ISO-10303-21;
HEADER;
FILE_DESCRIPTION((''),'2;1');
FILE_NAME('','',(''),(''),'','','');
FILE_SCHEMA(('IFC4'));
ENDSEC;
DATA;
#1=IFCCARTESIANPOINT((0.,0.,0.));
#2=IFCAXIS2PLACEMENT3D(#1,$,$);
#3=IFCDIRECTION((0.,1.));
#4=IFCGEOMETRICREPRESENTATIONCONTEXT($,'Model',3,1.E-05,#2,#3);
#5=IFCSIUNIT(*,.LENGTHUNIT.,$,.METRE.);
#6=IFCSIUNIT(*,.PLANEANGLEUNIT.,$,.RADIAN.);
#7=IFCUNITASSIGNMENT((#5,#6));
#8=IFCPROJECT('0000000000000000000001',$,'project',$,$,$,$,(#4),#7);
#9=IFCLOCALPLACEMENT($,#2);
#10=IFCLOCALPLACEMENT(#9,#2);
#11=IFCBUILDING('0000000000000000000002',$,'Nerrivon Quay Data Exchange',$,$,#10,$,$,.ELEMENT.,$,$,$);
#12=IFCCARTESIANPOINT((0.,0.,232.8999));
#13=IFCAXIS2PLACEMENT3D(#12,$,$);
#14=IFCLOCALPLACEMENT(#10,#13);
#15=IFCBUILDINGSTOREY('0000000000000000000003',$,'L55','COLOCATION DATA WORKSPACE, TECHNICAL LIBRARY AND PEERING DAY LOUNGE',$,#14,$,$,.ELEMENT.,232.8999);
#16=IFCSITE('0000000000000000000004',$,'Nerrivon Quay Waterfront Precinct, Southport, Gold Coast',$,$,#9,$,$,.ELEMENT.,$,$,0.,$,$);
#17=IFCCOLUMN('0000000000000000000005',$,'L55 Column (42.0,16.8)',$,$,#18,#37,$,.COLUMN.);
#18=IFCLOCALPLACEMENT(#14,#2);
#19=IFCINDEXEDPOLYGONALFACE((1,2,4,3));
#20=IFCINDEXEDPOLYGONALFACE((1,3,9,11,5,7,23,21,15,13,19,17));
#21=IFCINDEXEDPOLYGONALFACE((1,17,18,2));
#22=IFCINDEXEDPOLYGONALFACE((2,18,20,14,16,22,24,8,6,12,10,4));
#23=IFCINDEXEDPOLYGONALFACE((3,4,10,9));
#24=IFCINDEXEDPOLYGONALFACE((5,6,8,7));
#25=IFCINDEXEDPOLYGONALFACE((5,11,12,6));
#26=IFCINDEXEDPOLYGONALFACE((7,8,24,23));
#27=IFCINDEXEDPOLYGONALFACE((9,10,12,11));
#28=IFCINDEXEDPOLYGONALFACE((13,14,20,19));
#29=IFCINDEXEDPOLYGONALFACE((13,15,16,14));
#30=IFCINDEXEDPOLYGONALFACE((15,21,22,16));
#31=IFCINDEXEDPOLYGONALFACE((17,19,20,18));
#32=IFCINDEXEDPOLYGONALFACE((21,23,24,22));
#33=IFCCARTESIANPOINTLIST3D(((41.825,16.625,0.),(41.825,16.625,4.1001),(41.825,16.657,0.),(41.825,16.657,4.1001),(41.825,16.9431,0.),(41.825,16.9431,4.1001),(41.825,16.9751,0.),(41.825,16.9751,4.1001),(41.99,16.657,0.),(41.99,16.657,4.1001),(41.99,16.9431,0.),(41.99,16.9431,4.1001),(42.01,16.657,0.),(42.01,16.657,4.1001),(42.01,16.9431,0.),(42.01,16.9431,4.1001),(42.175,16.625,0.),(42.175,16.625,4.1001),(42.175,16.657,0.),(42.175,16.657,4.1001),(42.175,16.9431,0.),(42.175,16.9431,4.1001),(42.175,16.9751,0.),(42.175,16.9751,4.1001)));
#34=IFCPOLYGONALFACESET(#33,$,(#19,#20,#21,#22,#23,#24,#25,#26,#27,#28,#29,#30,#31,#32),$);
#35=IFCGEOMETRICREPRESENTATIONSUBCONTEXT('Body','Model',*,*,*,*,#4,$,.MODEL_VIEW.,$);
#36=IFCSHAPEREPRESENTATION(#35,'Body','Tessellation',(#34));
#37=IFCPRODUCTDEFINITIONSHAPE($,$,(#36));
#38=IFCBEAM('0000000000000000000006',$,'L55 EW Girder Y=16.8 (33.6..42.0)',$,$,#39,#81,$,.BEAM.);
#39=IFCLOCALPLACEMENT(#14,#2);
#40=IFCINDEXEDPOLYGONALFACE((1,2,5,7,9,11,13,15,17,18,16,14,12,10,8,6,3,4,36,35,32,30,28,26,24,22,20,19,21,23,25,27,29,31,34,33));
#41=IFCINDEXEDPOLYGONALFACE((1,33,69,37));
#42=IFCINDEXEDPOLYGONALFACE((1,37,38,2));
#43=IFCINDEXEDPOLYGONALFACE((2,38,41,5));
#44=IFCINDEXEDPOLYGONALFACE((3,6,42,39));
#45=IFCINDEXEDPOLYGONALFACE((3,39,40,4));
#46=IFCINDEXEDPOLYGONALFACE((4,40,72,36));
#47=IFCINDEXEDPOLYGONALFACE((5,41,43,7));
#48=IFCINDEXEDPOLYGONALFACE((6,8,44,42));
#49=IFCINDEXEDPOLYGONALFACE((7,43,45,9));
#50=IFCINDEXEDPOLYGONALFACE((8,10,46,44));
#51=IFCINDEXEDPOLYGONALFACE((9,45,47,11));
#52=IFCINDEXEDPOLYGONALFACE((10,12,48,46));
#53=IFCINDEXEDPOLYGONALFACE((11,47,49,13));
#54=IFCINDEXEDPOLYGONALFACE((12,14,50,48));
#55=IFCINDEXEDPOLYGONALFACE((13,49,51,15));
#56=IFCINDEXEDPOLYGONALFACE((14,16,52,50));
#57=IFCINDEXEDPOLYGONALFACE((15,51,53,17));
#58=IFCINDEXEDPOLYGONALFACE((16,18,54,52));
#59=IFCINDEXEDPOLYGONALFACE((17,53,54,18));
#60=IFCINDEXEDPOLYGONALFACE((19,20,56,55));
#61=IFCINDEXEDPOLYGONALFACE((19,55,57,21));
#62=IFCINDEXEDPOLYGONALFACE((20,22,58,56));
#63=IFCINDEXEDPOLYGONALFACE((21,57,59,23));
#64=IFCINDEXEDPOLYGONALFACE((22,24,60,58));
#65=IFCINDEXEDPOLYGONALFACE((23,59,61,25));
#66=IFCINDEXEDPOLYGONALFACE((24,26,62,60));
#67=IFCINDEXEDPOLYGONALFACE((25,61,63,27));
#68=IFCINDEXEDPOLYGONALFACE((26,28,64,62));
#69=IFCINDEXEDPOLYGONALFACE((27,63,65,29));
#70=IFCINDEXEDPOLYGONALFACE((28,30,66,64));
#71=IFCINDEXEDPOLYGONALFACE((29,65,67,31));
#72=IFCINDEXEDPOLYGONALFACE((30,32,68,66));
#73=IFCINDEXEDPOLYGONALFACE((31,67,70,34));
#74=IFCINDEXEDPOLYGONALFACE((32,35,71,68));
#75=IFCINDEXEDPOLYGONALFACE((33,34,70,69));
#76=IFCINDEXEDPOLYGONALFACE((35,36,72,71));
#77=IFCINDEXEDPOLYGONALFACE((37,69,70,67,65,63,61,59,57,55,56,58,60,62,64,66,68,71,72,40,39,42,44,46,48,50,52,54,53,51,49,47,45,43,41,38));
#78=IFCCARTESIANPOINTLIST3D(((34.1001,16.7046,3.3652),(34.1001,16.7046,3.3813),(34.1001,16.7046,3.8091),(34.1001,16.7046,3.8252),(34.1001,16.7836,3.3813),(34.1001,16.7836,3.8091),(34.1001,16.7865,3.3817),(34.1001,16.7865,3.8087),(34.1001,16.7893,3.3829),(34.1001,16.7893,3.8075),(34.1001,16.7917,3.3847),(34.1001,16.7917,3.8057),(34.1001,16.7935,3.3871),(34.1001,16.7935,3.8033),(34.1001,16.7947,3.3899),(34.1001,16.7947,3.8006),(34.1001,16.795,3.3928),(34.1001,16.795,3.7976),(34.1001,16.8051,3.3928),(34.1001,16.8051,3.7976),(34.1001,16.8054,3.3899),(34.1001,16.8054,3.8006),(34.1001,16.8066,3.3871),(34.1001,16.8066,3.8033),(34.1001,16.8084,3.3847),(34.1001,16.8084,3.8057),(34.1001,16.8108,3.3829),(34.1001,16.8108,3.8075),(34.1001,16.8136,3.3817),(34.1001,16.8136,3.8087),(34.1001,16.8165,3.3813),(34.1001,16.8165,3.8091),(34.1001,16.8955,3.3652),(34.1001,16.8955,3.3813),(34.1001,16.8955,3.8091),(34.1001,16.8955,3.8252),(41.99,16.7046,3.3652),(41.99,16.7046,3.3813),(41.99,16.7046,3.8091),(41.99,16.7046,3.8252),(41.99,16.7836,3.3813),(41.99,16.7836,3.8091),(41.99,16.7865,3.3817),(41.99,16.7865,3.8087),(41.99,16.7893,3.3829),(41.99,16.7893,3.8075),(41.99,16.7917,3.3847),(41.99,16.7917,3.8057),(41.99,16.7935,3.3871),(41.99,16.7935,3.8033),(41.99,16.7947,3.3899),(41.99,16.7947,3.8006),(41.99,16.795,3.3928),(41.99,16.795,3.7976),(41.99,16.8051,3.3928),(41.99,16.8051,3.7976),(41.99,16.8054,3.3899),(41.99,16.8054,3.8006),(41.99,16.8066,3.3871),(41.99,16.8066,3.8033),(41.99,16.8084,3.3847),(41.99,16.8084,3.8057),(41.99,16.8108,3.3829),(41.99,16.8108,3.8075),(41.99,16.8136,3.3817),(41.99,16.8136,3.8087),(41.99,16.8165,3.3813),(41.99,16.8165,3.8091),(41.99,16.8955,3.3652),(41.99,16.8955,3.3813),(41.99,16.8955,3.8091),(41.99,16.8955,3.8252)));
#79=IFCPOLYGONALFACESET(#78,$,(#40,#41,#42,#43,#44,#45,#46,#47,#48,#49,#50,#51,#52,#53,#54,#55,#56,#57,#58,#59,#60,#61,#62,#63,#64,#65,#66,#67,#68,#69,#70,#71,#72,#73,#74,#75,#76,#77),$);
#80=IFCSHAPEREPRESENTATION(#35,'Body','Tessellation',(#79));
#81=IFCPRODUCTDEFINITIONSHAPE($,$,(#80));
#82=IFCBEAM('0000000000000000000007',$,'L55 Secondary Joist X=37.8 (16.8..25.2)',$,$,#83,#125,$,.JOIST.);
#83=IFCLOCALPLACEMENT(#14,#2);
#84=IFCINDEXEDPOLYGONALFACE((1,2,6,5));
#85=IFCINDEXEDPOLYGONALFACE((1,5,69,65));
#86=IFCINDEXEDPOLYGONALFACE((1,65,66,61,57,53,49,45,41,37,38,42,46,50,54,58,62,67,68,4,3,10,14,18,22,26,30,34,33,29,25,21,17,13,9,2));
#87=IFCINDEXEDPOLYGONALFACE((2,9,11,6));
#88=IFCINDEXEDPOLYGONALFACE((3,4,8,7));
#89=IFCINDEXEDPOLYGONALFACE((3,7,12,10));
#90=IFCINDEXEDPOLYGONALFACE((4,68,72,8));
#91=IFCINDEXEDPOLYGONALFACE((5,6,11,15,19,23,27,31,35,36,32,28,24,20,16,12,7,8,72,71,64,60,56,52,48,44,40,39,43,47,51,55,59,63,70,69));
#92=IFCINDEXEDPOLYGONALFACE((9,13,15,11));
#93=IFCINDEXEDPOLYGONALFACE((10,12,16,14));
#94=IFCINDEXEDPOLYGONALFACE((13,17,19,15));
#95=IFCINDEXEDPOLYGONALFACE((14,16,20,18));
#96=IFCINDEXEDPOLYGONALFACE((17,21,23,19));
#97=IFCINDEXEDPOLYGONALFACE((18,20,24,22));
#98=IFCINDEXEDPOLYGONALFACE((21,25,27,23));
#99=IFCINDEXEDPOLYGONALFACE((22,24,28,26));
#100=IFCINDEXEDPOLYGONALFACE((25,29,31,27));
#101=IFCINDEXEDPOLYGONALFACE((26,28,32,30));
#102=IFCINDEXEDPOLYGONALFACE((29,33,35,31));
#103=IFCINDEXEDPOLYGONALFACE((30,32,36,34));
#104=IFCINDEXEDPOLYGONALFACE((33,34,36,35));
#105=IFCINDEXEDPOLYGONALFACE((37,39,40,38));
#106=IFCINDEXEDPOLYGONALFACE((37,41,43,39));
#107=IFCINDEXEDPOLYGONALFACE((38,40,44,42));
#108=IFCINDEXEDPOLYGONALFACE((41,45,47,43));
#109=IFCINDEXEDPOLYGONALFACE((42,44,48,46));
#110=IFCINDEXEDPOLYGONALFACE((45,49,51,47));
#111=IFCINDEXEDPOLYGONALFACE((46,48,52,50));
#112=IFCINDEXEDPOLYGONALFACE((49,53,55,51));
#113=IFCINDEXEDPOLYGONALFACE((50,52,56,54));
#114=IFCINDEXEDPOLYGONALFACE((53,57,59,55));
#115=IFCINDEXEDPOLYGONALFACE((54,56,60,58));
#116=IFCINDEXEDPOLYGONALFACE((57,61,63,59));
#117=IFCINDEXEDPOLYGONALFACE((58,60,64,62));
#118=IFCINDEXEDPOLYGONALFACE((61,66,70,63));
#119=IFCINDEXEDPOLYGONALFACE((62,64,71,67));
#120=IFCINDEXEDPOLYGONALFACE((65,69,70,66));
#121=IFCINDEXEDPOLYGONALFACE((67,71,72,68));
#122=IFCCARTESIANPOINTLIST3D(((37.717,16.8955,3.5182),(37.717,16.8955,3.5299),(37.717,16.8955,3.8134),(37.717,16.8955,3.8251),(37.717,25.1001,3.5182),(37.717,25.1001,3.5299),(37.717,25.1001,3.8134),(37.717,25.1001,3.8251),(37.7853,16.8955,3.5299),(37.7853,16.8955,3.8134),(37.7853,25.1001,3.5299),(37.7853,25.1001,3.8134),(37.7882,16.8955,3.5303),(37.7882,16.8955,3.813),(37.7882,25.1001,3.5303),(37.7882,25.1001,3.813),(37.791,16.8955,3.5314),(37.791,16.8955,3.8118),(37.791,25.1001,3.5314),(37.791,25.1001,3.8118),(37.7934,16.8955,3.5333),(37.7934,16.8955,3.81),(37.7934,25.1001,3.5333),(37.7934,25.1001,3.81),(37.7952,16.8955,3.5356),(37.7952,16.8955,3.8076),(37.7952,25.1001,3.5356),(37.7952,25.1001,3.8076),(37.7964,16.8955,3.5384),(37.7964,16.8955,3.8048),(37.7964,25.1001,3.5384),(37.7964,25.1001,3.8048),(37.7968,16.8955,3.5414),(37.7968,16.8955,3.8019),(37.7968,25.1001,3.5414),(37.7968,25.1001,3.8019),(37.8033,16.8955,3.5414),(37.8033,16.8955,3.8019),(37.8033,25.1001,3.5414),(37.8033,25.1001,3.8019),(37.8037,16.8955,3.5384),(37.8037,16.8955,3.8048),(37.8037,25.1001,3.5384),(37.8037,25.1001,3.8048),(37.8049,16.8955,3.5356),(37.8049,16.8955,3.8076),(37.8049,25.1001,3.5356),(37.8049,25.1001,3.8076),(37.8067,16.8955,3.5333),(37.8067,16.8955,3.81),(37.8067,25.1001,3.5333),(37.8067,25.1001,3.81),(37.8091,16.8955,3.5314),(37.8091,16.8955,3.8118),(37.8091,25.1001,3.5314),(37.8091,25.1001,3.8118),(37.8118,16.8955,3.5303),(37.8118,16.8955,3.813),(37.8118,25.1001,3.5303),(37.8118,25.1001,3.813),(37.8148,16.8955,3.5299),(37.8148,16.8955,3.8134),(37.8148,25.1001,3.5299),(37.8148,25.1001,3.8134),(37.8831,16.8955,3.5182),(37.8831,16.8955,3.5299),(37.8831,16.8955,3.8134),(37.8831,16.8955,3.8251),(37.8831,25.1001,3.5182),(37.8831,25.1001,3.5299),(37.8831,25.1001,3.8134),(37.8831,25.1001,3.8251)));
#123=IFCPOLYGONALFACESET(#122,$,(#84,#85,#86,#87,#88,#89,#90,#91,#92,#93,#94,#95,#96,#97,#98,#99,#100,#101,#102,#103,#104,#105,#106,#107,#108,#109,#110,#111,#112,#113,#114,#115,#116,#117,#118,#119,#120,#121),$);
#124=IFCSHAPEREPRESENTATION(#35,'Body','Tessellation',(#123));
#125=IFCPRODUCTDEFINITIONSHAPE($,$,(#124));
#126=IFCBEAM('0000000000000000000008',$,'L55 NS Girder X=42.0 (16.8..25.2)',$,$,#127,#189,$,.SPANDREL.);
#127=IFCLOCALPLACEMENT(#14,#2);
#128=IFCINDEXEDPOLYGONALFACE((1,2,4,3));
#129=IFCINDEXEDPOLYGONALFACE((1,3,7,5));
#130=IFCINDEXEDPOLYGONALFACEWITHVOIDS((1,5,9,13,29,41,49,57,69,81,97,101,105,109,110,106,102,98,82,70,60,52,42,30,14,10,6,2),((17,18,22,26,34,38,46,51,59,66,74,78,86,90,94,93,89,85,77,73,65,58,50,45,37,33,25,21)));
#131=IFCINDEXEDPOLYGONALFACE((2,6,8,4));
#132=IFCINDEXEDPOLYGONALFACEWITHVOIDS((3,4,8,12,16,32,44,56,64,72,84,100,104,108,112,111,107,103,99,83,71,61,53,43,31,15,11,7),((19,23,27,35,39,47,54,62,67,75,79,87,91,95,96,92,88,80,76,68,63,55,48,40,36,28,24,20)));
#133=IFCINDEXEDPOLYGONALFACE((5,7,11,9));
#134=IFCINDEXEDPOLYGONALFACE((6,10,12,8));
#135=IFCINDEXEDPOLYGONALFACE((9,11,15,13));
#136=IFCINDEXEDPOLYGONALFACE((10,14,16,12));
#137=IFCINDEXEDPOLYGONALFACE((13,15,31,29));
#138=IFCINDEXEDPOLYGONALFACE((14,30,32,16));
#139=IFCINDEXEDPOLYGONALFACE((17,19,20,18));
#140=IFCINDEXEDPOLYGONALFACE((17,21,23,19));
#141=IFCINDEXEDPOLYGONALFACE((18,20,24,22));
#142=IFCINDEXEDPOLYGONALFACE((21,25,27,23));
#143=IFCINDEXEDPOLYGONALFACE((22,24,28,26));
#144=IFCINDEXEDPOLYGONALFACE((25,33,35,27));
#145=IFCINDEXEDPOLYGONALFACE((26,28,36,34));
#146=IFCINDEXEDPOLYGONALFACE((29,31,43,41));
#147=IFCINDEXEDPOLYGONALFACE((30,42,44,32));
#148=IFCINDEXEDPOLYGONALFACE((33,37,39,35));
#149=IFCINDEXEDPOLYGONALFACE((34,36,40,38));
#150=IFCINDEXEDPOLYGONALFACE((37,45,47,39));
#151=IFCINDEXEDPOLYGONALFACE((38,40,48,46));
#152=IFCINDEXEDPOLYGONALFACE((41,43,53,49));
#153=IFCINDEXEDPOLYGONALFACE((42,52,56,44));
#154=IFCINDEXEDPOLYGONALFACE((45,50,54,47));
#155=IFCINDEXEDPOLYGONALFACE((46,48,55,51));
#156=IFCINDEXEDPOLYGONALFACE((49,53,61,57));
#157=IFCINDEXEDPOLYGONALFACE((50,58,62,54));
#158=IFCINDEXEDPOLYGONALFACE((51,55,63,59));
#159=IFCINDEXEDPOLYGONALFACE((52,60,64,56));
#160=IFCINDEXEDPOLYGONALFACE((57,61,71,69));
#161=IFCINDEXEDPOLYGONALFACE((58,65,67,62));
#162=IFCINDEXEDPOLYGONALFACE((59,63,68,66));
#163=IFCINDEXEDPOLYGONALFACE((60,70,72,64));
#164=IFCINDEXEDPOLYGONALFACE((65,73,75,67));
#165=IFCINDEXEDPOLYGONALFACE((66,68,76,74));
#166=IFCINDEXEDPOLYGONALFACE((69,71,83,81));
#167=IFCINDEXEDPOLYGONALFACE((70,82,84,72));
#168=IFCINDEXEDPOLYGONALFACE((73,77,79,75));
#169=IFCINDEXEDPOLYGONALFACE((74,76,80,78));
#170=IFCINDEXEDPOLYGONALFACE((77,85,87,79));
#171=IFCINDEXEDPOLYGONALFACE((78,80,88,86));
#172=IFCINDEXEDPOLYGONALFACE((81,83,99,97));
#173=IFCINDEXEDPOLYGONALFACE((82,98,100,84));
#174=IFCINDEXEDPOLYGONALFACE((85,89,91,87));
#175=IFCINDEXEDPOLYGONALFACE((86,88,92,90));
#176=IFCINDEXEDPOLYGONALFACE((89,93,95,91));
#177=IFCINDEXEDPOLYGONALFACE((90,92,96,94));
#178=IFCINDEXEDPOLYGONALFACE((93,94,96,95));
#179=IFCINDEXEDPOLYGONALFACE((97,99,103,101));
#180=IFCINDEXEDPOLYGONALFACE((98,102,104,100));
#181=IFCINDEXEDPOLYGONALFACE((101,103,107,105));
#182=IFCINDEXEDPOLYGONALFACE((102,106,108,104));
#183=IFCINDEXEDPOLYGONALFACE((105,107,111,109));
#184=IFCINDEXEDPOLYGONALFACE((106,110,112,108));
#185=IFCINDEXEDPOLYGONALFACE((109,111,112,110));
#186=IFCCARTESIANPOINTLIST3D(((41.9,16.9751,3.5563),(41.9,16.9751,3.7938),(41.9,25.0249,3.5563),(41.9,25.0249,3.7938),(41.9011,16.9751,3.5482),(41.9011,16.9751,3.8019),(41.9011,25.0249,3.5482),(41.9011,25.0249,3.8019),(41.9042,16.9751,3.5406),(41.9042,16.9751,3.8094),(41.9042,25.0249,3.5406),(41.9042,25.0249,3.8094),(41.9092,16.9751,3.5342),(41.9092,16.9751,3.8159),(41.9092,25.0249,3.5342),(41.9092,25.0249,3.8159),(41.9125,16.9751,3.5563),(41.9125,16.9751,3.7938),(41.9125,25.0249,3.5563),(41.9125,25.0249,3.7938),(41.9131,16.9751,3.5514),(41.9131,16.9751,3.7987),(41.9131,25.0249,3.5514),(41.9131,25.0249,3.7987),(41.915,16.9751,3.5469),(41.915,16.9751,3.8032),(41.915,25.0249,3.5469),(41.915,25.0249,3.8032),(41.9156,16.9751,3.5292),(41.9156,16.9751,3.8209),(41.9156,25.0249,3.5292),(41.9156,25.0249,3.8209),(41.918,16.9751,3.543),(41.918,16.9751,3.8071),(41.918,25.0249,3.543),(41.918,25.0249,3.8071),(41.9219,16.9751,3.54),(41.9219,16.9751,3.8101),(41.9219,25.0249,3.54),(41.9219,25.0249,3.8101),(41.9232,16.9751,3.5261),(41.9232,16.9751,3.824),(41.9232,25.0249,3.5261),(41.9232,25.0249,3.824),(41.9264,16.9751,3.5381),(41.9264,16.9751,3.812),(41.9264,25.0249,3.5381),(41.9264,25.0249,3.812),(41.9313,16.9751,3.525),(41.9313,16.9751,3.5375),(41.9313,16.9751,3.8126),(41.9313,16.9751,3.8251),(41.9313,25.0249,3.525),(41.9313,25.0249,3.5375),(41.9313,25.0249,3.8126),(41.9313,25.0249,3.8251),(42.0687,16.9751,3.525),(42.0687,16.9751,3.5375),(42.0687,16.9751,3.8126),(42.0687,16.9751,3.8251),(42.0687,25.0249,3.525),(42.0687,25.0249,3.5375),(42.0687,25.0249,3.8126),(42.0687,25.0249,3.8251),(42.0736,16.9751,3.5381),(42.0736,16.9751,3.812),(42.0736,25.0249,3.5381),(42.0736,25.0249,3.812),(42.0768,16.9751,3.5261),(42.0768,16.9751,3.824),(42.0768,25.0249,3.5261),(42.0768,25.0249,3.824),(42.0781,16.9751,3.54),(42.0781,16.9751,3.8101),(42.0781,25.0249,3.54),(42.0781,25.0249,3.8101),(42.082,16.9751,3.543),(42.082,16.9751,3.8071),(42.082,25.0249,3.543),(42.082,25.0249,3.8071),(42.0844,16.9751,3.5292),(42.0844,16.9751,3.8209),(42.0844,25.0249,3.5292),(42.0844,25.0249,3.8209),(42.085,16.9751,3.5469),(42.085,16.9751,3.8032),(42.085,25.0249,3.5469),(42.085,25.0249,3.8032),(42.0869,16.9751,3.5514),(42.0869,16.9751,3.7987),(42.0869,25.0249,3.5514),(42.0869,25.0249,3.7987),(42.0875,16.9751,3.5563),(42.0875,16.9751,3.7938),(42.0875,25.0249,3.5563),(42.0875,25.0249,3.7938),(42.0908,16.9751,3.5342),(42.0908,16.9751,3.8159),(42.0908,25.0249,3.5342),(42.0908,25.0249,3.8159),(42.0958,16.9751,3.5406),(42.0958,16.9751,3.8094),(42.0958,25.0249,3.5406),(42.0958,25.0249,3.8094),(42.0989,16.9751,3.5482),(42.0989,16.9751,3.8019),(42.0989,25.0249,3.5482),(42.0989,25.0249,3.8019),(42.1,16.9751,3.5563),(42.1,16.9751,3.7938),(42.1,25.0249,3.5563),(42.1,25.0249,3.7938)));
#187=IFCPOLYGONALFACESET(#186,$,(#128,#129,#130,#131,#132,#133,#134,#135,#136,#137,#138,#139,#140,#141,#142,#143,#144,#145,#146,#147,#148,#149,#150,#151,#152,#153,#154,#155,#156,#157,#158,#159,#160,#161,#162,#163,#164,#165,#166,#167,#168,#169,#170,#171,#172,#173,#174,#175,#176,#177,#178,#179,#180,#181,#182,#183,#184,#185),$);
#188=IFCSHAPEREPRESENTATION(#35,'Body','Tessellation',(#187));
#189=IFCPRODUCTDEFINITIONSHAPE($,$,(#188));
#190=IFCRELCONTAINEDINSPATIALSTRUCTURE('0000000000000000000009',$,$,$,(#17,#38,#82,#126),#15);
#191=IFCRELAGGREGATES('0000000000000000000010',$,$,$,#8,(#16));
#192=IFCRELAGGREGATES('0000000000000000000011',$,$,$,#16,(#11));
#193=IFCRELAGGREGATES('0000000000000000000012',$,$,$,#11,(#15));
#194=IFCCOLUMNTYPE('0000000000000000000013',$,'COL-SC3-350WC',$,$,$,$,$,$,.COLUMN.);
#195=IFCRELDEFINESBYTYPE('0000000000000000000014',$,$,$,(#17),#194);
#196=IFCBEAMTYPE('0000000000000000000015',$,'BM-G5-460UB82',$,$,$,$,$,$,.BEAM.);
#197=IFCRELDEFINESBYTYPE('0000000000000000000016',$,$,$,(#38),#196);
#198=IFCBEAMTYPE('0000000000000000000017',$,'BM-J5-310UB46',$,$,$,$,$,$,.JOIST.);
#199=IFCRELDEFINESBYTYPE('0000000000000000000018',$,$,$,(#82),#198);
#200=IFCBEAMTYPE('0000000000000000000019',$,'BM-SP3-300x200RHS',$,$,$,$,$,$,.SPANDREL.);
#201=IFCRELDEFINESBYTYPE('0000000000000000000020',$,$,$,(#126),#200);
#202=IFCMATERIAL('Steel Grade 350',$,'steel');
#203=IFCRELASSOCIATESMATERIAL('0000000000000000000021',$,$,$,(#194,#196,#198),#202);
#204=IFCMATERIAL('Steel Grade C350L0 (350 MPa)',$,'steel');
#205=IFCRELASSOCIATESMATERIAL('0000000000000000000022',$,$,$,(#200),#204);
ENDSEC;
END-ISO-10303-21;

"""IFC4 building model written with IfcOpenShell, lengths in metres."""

from ifc_helpers import new_model, si_unit, direction, frame, origin, origin_2d, place, context, subcontext, project, spatial, hollow_rectangle, i_section, extrude, material, material_profile, profile_set, type_object, element, save


model = new_model("IFC4")

# Units and contexts
model_context = context("Model", 3, precision=1e-05, world=origin(), true_north=direction((0.0, 1.0)))
body_context = subcontext(model_context, "Body", "Model", "MODEL_VIEW")
ifc_project = project(units=[si_unit("LENGTHUNIT", "METRE"), si_unit("PLANEANGLEUNIT", "RADIAN")], contexts=[model_context])

# Site, building, storey
site_placement = place(None, origin())
site = spatial("IfcSite", under=ifc_project, at=site_placement, Name="Nerrivon Quay Waterfront Precinct, Southport, Gold Coast", CompositionType="ELEMENT", RefElevation=0.0)
building_placement = place(site_placement, origin())
building = spatial("IfcBuilding", under=site, at=building_placement, Name="Nerrivon Quay Data Exchange", CompositionType="ELEMENT")
storey_placement = place(building_placement, frame((0.0, 0.0, 232.8999)))
storey = spatial("IfcBuildingStorey", under=building, at=storey_placement, Name="L55", Description="COLOCATION DATA WORKSPACE, TECHNICAL LIBRARY AND PEERING DAY LOUNGE", CompositionType="ELEMENT", Elevation=232.8999)

# Column
ifc_material_1 = material(Name="Steel Grade 350", Category="steel")
ifc_material_profile_1 = material_profile(ifc_material_1, i_section(OverallWidth=0.3501, OverallDepth=0.3501, WebThickness=0.02, FlangeThickness=0.032, at=origin_2d()), Name="350WC230")
ifc_profile_set_1 = profile_set([ifc_material_profile_1], Name="Steel Grade 350")
column_type = type_object("IfcColumnType", Name="COL-SC3-350WC", PredefinedType="COLUMN", material=ifc_profile_set_1)
column_placement = place(storey_placement, frame((42.0, 16.8, 0.0), z_axis=(0.0, 0.0, 1.0), x_axis=(1.0, 0.0, 0.0)))
element("IfcColumn", 1, at=column_placement, inside=storey, type_object=column_type, Name="L55 Column (42.0,16.8)", PredefinedType="COLUMN", context=body_context, shape_type="SweptSolid", body=[
    extrude(i_section(OverallWidth=0.3501, OverallDepth=0.3501, WebThickness=0.02, FlangeThickness=0.032, at=origin_2d()), origin(), (0.0, 0.0, 1.0), 4.1001),
])

# Beams
ifc_material_profile_2 = material_profile(ifc_material_1, i_section(OverallWidth=0.1909, OverallDepth=0.46, WebThickness=0.01, FlangeThickness=0.0161, FilletRadius=0.0115, at=origin_2d()), Name="460UB82.1")
ifc_profile_set_2 = profile_set([ifc_material_profile_2], Name="Steel Grade 350")
beam_type_1 = type_object("IfcBeamType", Name="BM-G5-460UB82", PredefinedType="BEAM", material=ifc_profile_set_2)
beam_1_placement = place(storey_placement, frame((34.1001, 16.8, 3.5952), z_axis=(1.0, 0.0, 0.0), x_axis=(0.0, 1.0, 0.0)))
element("IfcBeam", 2, at=beam_1_placement, inside=storey, type_object=beam_type_1, Name="L55 EW Girder Y=16.8 (33.6..42.0)", PredefinedType="BEAM", context=body_context, shape_type="SweptSolid", body=[
    extrude(i_section(OverallWidth=0.1909, OverallDepth=0.46, WebThickness=0.01, FlangeThickness=0.0161, FilletRadius=0.0115, at=origin_2d()), origin(), (0.0, 0.0, 1.0), 7.8899),
])
ifc_material_profile_3 = material_profile(ifc_material_1, i_section(OverallWidth=0.166, OverallDepth=0.3069, WebThickness=0.0066, FlangeThickness=0.0117, FilletRadius=0.0115, at=origin_2d()), Name="310UB46.2")
ifc_profile_set_3 = profile_set([ifc_material_profile_3], Name="Steel Grade 350")
beam_type_2 = type_object("IfcBeamType", Name="BM-J5-310UB46", PredefinedType="JOIST", material=ifc_profile_set_3)
beam_2_placement = place(storey_placement, frame((37.8, 16.8955, 3.6716), z_axis=(0.0, 1.0, 0.0), x_axis=(-1.0, 0.0, 0.0)))
element("IfcBeam", 3, at=beam_2_placement, inside=storey, type_object=beam_type_2, Name="L55 Secondary Joist X=37.8 (16.8..25.2)", PredefinedType="JOIST", context=body_context, shape_type="SweptSolid", body=[
    extrude(i_section(OverallWidth=0.166, OverallDepth=0.3069, WebThickness=0.0066, FlangeThickness=0.0117, FilletRadius=0.0115, at=origin_2d()), origin(), (0.0, 0.0, 1.0), 8.2046),
])
ifc_material_2 = material(Name="Steel Grade C350L0 (350 MPa)", Category="steel")
ifc_material_profile_4 = material_profile(ifc_material_2, hollow_rectangle(XDim=0.2, YDim=0.3, WallThickness=0.0125, InnerFilletRadius=0.0188, OuterFilletRadius=0.0312, at=origin_2d()), Name="300x200x12.5RHS")
ifc_profile_set_4 = profile_set([ifc_material_profile_4], Name="Steel Grade C350L0 (350 MPa)")
beam_type_3 = type_object("IfcBeamType", Name="BM-SP3-300x200RHS", PredefinedType="SPANDREL", material=ifc_profile_set_4)
beam_3_placement = place(storey_placement, frame((42.0, 16.9751, 3.675), z_axis=(0.0, 1.0, 0.0), x_axis=(-1.0, 0.0, 0.0)))
element("IfcBeam", 4, at=beam_3_placement, inside=storey, type_object=beam_type_3, Name="L55 NS Girder X=42.0 (16.8..25.2)", PredefinedType="SPANDREL", context=body_context, shape_type="SweptSolid", body=[
    extrude(hollow_rectangle(XDim=0.2, YDim=0.3, WallThickness=0.0125, InnerFilletRadius=0.0188, OuterFilletRadius=0.0312, at=origin_2d()), origin(), (0.0, 0.0, 1.0), 8.0498),
])

save(model, "model.ifc")
